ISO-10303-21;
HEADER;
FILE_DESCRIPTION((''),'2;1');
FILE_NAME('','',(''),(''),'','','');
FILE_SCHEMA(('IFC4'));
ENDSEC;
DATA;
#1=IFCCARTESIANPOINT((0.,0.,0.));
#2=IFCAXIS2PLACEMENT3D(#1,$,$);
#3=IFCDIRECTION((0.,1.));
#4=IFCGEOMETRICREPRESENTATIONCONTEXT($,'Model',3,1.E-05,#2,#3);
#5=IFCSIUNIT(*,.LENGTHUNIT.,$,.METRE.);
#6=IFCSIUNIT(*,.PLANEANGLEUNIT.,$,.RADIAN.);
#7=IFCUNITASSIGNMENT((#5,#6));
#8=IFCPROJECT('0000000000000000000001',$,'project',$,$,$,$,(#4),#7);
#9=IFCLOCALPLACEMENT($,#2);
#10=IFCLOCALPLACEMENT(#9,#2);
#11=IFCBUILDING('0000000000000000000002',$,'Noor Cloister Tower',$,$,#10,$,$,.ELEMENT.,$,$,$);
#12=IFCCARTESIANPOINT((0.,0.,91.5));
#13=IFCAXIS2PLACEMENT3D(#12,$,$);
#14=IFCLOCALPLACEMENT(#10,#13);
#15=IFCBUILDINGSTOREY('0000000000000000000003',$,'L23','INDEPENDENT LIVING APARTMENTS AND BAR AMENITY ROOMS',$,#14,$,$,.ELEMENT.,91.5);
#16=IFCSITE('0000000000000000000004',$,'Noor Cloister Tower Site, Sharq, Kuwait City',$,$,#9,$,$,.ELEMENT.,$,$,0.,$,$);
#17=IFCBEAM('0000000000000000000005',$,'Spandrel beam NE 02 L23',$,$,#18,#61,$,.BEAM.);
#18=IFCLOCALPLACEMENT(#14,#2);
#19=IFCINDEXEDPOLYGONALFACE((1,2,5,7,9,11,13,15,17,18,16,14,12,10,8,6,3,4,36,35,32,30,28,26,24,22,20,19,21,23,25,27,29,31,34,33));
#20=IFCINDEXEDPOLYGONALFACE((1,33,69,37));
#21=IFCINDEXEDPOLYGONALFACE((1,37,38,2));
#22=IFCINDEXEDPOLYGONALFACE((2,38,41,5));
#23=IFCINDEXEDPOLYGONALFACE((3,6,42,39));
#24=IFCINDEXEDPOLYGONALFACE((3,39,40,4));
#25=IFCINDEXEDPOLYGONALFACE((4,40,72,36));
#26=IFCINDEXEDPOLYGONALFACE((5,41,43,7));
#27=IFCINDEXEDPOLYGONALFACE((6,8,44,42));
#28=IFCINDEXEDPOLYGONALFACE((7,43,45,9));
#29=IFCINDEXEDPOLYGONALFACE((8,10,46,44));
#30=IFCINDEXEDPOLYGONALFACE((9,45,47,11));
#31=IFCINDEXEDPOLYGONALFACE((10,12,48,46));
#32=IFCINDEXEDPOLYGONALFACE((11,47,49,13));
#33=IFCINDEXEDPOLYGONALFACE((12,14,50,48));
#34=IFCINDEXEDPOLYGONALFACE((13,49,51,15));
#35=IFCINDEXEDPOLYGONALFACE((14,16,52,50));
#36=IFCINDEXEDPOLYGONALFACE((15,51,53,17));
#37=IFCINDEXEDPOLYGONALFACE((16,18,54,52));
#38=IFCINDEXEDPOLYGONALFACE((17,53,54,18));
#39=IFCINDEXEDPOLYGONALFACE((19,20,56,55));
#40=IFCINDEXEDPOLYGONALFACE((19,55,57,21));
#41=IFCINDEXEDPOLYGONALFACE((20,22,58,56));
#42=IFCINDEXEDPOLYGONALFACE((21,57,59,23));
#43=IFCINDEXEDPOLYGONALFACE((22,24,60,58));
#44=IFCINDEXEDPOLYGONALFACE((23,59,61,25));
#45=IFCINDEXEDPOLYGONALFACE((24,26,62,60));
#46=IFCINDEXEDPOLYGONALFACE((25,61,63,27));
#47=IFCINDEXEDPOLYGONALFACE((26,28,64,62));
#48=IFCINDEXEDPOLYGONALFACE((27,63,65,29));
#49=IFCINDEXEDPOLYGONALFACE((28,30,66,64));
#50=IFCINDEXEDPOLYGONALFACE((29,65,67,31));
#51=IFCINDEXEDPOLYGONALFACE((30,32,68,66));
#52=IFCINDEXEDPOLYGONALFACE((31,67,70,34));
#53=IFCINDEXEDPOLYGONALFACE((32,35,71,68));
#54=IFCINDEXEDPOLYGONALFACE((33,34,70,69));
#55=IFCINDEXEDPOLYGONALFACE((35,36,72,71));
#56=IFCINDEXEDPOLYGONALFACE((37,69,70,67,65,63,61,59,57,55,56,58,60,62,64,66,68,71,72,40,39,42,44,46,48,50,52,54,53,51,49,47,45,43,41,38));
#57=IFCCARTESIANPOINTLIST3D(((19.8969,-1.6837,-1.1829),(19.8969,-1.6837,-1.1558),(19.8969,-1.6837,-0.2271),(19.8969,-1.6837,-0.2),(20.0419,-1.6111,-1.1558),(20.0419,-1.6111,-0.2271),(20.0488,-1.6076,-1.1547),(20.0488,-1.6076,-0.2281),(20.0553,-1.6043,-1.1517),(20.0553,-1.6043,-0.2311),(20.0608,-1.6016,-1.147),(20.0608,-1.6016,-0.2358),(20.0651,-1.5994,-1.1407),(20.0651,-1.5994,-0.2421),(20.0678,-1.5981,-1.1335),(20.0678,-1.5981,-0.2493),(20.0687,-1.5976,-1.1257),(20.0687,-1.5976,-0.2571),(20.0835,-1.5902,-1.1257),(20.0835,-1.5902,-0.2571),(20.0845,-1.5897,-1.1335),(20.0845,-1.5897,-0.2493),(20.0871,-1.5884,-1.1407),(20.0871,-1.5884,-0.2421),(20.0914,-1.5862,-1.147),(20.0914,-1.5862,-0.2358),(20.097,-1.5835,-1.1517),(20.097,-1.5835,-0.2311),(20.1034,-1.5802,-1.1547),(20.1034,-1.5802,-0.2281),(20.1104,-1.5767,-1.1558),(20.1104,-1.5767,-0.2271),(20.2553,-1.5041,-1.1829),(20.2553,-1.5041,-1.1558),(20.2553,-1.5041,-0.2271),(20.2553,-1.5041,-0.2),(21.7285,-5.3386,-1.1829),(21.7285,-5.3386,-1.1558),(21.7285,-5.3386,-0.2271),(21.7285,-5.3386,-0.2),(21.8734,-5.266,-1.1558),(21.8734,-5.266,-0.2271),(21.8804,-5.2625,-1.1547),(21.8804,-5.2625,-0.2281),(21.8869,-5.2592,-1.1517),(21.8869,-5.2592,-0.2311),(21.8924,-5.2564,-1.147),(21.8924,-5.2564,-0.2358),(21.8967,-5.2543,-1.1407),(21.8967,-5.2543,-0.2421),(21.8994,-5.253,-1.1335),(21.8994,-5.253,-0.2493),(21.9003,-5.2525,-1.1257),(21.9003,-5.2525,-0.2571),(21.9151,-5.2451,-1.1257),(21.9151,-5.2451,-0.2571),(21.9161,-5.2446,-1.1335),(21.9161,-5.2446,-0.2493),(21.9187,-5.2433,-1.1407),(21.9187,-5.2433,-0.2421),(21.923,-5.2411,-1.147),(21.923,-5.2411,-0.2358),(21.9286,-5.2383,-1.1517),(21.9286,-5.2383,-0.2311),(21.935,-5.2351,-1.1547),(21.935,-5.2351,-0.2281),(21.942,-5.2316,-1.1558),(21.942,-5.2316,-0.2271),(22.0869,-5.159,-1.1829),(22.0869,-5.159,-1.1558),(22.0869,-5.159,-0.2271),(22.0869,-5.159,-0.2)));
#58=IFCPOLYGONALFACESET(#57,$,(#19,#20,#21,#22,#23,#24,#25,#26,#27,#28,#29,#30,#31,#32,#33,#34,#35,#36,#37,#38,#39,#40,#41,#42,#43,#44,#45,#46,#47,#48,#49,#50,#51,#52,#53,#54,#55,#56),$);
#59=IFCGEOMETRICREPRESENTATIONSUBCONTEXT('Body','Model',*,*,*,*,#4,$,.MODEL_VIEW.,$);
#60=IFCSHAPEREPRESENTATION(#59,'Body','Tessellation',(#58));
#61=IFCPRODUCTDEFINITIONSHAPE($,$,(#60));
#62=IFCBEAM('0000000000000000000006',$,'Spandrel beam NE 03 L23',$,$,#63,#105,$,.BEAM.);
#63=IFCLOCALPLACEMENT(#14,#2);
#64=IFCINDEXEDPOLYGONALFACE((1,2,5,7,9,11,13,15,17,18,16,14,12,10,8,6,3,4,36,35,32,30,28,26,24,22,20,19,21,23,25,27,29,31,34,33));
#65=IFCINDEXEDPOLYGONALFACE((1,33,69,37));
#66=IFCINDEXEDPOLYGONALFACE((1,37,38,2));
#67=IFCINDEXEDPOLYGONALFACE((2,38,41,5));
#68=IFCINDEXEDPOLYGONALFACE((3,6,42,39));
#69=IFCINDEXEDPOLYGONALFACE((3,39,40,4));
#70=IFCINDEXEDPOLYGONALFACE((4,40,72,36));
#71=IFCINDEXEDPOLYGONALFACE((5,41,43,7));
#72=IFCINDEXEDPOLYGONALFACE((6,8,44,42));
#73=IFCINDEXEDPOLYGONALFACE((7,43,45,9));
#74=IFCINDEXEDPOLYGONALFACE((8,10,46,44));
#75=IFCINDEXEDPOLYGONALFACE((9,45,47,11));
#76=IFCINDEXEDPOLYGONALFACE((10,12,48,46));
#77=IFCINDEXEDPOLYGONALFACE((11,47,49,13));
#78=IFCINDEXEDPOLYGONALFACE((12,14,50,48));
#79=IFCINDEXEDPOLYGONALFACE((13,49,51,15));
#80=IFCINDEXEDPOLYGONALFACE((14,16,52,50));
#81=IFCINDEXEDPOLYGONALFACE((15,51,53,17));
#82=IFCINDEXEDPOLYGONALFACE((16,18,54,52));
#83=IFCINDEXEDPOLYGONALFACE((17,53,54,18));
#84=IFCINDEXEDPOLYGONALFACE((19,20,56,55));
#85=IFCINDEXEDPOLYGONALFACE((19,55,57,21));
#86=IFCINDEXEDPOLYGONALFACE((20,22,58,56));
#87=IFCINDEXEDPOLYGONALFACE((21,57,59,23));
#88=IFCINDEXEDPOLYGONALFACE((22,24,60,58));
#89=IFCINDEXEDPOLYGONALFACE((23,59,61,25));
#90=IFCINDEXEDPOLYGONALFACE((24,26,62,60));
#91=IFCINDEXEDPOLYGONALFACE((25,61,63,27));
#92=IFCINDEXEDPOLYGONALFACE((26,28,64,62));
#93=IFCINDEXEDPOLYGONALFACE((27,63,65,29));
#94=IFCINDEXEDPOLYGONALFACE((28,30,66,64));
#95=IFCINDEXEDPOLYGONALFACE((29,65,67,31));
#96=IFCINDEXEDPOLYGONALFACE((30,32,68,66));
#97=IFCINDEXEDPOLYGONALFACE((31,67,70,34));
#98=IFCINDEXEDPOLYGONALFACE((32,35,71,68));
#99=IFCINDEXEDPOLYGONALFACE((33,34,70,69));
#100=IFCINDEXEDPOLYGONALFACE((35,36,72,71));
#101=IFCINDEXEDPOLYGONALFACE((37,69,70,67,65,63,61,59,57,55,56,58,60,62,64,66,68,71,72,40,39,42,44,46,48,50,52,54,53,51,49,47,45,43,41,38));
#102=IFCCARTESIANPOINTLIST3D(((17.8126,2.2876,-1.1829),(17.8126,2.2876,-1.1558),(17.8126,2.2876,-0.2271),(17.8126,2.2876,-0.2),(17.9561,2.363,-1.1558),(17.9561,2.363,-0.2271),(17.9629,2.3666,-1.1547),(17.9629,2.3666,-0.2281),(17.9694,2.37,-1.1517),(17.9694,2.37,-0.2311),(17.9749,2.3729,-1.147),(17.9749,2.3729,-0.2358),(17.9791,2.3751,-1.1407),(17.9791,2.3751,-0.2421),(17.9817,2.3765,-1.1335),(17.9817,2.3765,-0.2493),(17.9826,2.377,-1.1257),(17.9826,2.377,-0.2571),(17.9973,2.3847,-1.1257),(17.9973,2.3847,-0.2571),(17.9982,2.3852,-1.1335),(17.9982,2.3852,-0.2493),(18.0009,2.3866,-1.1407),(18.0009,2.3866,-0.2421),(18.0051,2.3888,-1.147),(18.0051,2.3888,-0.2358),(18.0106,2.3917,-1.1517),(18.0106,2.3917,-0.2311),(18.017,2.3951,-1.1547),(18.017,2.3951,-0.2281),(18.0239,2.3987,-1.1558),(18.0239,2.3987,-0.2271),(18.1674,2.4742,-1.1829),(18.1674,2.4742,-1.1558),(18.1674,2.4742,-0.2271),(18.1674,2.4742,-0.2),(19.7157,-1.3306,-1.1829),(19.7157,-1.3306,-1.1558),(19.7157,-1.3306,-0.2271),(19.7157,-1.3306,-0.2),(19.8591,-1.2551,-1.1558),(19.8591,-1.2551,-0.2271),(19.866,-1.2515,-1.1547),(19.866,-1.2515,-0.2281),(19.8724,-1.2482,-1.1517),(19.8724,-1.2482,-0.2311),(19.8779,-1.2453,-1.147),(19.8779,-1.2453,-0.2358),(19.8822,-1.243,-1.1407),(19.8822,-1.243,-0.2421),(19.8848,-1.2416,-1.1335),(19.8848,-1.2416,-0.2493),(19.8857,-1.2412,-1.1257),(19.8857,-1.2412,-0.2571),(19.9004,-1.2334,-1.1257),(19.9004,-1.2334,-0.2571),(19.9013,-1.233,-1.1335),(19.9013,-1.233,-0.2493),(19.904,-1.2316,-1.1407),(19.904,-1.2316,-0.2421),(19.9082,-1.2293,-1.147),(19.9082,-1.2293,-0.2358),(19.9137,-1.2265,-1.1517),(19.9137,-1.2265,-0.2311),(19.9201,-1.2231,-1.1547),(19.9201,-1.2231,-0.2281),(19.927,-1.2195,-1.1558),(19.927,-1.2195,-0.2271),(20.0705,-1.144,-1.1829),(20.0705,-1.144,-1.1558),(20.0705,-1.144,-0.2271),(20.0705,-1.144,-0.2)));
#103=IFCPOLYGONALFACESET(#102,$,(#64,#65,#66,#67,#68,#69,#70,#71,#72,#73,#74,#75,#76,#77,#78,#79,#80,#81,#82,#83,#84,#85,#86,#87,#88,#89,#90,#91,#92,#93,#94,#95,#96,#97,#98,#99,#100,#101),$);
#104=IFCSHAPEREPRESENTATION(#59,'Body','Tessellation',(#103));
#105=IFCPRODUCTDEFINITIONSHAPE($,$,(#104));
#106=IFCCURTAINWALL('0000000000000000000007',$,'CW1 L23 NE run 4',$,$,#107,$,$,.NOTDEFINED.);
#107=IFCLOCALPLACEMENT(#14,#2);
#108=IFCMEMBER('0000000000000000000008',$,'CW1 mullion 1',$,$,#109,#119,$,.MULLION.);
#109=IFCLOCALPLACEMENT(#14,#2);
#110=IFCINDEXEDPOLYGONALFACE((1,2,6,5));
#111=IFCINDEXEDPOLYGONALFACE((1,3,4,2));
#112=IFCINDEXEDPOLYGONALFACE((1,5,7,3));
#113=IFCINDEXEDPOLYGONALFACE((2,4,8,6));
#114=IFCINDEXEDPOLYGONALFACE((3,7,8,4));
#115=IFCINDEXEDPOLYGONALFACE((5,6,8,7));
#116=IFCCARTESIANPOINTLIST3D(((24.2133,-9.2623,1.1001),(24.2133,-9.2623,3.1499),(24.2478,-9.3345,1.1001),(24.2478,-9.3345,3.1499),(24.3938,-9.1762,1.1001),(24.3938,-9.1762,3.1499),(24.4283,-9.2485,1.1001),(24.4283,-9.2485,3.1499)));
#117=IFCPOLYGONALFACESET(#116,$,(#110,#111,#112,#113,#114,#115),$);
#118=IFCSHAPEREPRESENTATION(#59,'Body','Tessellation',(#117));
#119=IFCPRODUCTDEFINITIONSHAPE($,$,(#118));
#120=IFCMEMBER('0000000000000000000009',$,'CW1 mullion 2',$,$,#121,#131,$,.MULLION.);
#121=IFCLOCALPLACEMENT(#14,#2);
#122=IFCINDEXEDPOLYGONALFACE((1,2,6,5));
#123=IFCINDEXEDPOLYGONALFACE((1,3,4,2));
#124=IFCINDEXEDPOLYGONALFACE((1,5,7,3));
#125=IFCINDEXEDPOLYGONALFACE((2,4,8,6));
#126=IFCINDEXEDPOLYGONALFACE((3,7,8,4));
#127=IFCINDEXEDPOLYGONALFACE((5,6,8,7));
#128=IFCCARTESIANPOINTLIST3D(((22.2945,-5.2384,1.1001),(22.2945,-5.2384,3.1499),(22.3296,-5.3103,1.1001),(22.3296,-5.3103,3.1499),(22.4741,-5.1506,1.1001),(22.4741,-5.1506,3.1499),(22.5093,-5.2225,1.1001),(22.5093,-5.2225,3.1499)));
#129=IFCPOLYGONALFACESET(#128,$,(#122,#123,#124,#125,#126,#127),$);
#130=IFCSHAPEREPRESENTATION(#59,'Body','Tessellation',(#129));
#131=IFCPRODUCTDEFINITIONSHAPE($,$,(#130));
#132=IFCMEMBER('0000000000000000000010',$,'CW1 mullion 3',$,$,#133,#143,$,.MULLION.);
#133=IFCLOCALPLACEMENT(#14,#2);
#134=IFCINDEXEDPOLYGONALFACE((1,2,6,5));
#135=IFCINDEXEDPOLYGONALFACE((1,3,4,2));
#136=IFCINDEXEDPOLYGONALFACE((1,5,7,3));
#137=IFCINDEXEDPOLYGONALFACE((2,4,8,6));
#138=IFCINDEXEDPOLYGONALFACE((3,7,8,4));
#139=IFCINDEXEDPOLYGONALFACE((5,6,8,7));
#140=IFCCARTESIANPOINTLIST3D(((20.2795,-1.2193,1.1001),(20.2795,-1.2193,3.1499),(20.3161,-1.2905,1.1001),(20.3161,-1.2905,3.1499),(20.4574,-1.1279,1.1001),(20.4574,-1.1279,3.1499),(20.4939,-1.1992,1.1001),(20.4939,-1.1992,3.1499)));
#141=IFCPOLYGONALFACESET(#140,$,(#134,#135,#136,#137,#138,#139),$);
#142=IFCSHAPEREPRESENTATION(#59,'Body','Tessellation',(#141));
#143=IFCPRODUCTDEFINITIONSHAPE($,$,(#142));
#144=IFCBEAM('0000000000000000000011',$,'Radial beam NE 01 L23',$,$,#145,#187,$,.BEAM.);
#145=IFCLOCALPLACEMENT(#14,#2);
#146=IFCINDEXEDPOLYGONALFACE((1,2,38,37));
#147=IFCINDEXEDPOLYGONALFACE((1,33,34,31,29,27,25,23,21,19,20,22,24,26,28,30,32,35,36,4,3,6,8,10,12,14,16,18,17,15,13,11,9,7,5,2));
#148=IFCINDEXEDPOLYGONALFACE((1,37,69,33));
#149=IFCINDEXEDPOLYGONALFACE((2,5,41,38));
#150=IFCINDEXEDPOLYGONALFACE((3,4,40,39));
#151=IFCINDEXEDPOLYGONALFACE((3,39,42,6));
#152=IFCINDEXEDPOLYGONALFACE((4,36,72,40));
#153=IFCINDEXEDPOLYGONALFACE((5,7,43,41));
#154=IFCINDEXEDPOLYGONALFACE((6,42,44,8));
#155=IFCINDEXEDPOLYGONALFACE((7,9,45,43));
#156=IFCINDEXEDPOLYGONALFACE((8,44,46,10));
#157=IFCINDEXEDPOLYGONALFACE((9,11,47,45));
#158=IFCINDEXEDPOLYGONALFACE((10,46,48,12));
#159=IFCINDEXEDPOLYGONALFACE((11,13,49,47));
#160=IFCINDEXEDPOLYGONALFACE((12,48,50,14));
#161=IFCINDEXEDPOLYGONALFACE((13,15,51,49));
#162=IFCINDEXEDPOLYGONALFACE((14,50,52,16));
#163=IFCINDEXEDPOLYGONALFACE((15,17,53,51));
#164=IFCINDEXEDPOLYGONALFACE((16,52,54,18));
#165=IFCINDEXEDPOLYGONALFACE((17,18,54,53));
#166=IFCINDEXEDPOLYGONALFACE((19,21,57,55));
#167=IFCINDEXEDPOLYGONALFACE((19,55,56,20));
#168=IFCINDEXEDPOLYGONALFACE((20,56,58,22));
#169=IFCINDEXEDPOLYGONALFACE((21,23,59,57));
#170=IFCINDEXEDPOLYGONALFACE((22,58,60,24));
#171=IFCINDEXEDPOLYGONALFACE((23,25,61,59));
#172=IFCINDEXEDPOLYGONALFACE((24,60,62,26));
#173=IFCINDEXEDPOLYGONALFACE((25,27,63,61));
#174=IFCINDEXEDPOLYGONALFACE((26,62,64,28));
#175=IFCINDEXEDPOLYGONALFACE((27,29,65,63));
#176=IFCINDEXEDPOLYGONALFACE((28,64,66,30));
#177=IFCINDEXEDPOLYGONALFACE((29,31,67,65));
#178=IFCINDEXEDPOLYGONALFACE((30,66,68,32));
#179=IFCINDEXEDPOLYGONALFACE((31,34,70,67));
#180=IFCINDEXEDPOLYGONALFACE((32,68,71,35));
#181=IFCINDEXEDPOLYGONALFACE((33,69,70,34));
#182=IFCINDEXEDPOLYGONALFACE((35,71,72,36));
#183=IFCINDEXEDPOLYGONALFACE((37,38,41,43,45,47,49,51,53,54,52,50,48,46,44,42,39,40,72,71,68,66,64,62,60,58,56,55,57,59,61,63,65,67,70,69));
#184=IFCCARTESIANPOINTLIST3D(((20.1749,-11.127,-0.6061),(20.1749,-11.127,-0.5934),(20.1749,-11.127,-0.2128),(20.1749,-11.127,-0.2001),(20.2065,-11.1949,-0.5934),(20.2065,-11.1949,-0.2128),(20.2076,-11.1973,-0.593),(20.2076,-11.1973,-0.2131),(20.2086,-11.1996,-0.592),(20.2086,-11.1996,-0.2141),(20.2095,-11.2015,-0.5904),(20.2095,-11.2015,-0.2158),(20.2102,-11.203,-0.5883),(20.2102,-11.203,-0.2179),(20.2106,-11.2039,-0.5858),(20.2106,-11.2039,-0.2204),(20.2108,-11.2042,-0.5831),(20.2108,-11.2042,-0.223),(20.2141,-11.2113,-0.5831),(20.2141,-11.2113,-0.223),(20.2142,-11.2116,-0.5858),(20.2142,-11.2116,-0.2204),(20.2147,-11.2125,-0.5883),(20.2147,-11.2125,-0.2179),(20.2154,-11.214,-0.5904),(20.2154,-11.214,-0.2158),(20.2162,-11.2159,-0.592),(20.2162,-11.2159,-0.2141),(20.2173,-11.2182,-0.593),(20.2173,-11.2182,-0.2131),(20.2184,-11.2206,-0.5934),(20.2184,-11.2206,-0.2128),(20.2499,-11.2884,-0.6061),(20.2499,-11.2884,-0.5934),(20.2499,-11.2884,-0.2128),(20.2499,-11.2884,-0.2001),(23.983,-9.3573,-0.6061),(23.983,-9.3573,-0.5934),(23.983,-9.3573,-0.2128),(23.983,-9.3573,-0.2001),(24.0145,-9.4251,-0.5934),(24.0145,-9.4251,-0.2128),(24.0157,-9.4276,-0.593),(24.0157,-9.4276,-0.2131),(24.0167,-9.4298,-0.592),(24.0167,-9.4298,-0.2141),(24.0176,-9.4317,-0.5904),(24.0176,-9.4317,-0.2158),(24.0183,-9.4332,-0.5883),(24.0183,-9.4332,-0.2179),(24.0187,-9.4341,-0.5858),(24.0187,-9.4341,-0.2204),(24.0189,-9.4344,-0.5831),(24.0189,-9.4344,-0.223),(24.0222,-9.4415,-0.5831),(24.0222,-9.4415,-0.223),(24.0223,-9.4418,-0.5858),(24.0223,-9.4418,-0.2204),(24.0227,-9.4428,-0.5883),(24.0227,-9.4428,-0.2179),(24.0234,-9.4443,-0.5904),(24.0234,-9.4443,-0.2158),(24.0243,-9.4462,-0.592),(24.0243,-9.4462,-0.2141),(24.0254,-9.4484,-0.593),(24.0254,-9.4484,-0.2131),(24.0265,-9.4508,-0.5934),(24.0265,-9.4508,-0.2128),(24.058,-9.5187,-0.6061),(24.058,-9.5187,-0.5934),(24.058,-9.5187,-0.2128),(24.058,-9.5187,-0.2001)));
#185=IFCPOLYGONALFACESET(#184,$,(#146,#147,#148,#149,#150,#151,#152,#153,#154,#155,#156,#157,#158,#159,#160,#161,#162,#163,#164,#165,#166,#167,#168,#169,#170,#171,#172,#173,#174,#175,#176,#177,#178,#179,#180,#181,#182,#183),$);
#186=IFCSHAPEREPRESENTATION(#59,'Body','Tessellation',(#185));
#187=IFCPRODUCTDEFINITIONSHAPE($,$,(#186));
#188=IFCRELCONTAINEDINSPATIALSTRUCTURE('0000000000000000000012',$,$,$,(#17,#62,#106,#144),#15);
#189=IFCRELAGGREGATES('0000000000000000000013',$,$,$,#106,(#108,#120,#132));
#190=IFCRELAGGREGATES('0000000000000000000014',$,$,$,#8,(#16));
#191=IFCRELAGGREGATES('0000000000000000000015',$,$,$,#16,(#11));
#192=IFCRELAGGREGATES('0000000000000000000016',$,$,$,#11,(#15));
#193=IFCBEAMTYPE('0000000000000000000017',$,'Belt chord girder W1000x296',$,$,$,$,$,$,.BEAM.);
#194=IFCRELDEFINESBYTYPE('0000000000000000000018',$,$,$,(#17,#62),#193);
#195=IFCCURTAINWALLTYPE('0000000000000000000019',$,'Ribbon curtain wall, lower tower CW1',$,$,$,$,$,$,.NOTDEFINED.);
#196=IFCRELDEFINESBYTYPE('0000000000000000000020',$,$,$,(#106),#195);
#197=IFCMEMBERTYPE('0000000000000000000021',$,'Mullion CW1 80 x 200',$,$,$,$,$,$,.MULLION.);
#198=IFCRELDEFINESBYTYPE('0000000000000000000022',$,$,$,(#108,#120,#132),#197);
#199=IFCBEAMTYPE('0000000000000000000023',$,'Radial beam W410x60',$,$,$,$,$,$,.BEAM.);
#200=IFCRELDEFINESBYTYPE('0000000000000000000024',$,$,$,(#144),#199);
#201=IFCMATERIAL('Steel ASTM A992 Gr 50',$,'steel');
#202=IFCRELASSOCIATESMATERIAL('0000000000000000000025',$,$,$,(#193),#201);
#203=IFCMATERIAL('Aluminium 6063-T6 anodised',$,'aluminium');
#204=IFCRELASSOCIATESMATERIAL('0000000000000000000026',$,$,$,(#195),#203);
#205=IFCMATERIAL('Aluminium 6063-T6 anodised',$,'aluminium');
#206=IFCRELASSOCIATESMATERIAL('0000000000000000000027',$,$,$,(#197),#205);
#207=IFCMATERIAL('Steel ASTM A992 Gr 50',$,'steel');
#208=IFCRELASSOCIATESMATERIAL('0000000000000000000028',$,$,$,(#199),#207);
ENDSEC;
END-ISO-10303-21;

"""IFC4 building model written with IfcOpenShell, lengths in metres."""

from ifc_helpers import new_model, si_unit, direction, frame, origin, origin_2d, place, context, subcontext, project, spatial, rectangle, i_section, extrude, material, material_profile, profile_set, type_object, element, aggregate, save


model = new_model("IFC4")

# Units and contexts
model_context = context("Model", 3, precision=1e-05, world=origin(), true_north=direction((0.0, 1.0)))
body_context = subcontext(model_context, "Body", "Model", "MODEL_VIEW")
ifc_project = project(units=[si_unit("LENGTHUNIT", "METRE"), si_unit("PLANEANGLEUNIT", "RADIAN")], contexts=[model_context])

# Site, building, storey
site_placement = place(None, origin())
site = spatial("IfcSite", under=ifc_project, at=site_placement, Name="Noor Cloister Tower Site, Sharq, Kuwait City", CompositionType="ELEMENT", RefElevation=0.0)
building_placement = place(site_placement, origin())
building = spatial("IfcBuilding", under=site, at=building_placement, Name="Noor Cloister Tower", CompositionType="ELEMENT")
storey_placement = place(building_placement, frame((0.0, 0.0, 91.5)))
storey = spatial("IfcBuildingStorey", under=building, at=storey_placement, Name="L23", Description="INDEPENDENT LIVING APARTMENTS AND BAR AMENITY ROOMS", CompositionType="ELEMENT", Elevation=91.5)

# Beams
ifc_material_1 = material(Name="Steel ASTM A992 Gr 50", Category="steel")
ifc_material_profile_1 = material_profile(ifc_material_1, i_section(OverallWidth=0.4009, OverallDepth=0.9829, WebThickness=0.0166, FlangeThickness=0.0271, FilletRadius=0.03, at=origin_2d()), Name="W1000x296")
ifc_profile_set_1 = profile_set([ifc_material_profile_1], Name="Steel ASTM A992 Gr 50")
beam_type_1 = type_object("IfcBeamType", Name="Belt chord girder W1000x296", PredefinedType="BEAM", material=ifc_profile_set_1)
for number, where, z_axis, x_axis, name in (
    (1, (21.9077, -5.2488, -0.6914), (-0.448026, 0.894021, 0.0), (-0.894021, -0.448026, 0.0), "Spandrel beam NE 02 L23"),
    (2, (19.8931, -1.2373, -0.6914), (-0.465513, 0.885041, 0.0), (-0.885041, -0.465513, 0.0), "Spandrel beam NE 03 L23"),
):
    element("IfcBeam", number, at=place(storey_placement, frame(where, z_axis=z_axis, x_axis=x_axis)), inside=storey, type_object=beam_type_1, Name=name, PredefinedType="BEAM", context=body_context, shape_type="SweptSolid", body=[
        extrude(i_section(OverallWidth=0.4009, OverallDepth=0.9829, WebThickness=0.0166, FlangeThickness=0.0271, FilletRadius=0.03, at=origin_2d()), origin(), (0.0, 0.0, 1.0), 4.0881),
    ])

# Curtain wall, members
ifc_material_2 = material(Name="Aluminium 6063-T6 anodised", Category="aluminium")
curtain_wall_type = type_object("IfcCurtainWallType", Name="Ribbon curtain wall, lower tower CW1", PredefinedType="NOTDEFINED", material=ifc_material_2)
curtain_wall_placement = place(storey_placement, origin())
curtain_wall = element("IfcCurtainWall", 3, at=curtain_wall_placement, inside=storey, type_object=curtain_wall_type, Name="CW1 L23 NE run 4", PredefinedType="NOTDEFINED")
ifc_material_3 = material(Name="Aluminium 6063-T6 anodised", Category="aluminium")
ifc_material_profile_2 = material_profile(ifc_material_3, rectangle(XDim=0.2, YDim=0.0801, at=origin_2d()), Name="200 x 80 mullion")
ifc_profile_set_2 = profile_set([ifc_material_profile_2], Name="Aluminium 6063-T6 anodised")
member_type = type_object("IfcMemberType", Name="Mullion CW1 80 x 200", PredefinedType="MULLION", material=ifc_profile_set_2)
member_1_placement = place(storey_placement, frame((24.3208, -9.2554, 1.1001), z_axis=(0.0, 0.0, 1.0), x_axis=(-0.902668, -0.430337, 0.0)))
member_1 = element("IfcMember", 4, at=member_1_placement, type_object=member_type, Name="CW1 mullion 1", PredefinedType="MULLION", context=body_context, shape_type="SweptSolid", body=[
    extrude(rectangle(XDim=0.2, YDim=0.0801, at=origin_2d()), origin(), (0.0, 0.0, 1.0), 2.0498),
])
member_2_placement = place(storey_placement, frame((22.4019, -5.2305, 1.1001), z_axis=(0.0, 0.0, 1.0), x_axis=(-0.89839, -0.439199, 0.0)))
member_2 = element("IfcMember", 5, at=member_2_placement, type_object=member_type, Name="CW1 mullion 2", PredefinedType="MULLION", context=body_context, shape_type="SweptSolid", body=[
    extrude(rectangle(XDim=0.2, YDim=0.0801, at=origin_2d()), origin(), (0.0, 0.0, 1.0), 2.0498),
])
member_3_placement = place(storey_placement, frame((20.3867, -1.2092, 1.1001), z_axis=(0.0, 0.0, 1.0), x_axis=(-0.889571, -0.456796, 0.0)))
member_3 = element("IfcMember", 6, at=member_3_placement, type_object=member_type, Name="CW1 mullion 3", PredefinedType="MULLION", context=body_context, shape_type="SweptSolid", body=[
    extrude(rectangle(XDim=0.2, YDim=0.0801, at=origin_2d()), origin(), (0.0, 0.0, 1.0), 2.0498),
])

# Beam
ifc_material_4 = material(Name="Steel ASTM A992 Gr 50", Category="steel")
ifc_material_profile_3 = material_profile(ifc_material_4, i_section(OverallWidth=0.178, OverallDepth=0.406, WebThickness=0.0078, FlangeThickness=0.0127, FilletRadius=0.0103, at=origin_2d()), Name="W410x60")
ifc_profile_set_3 = profile_set([ifc_material_profile_3], Name="Steel ASTM A992 Gr 50")
beam_type_2 = type_object("IfcBeamType", Name="Radial beam W410x60", PredefinedType="BEAM", material=ifc_profile_set_3)
beam_1_placement = place(storey_placement, frame((24.0205, -9.438, -0.4031), z_axis=(-0.906852, -0.421449, 0.0), x_axis=(0.421449, -0.906852, 0.0)))
element("IfcBeam", 7, at=beam_1_placement, inside=storey, type_object=beam_type_2, Name="Radial beam NE 01 L23", PredefinedType="BEAM", context=body_context, shape_type="SweptSolid", body=[
    extrude(i_section(OverallWidth=0.178, OverallDepth=0.406, WebThickness=0.0078, FlangeThickness=0.0127, FilletRadius=0.0103, at=origin_2d()), origin(), (0.0, 0.0, 1.0), 4.1992),
])

aggregate(curtain_wall, [member_1, member_2, member_3])

save(model, "model.ifc")
